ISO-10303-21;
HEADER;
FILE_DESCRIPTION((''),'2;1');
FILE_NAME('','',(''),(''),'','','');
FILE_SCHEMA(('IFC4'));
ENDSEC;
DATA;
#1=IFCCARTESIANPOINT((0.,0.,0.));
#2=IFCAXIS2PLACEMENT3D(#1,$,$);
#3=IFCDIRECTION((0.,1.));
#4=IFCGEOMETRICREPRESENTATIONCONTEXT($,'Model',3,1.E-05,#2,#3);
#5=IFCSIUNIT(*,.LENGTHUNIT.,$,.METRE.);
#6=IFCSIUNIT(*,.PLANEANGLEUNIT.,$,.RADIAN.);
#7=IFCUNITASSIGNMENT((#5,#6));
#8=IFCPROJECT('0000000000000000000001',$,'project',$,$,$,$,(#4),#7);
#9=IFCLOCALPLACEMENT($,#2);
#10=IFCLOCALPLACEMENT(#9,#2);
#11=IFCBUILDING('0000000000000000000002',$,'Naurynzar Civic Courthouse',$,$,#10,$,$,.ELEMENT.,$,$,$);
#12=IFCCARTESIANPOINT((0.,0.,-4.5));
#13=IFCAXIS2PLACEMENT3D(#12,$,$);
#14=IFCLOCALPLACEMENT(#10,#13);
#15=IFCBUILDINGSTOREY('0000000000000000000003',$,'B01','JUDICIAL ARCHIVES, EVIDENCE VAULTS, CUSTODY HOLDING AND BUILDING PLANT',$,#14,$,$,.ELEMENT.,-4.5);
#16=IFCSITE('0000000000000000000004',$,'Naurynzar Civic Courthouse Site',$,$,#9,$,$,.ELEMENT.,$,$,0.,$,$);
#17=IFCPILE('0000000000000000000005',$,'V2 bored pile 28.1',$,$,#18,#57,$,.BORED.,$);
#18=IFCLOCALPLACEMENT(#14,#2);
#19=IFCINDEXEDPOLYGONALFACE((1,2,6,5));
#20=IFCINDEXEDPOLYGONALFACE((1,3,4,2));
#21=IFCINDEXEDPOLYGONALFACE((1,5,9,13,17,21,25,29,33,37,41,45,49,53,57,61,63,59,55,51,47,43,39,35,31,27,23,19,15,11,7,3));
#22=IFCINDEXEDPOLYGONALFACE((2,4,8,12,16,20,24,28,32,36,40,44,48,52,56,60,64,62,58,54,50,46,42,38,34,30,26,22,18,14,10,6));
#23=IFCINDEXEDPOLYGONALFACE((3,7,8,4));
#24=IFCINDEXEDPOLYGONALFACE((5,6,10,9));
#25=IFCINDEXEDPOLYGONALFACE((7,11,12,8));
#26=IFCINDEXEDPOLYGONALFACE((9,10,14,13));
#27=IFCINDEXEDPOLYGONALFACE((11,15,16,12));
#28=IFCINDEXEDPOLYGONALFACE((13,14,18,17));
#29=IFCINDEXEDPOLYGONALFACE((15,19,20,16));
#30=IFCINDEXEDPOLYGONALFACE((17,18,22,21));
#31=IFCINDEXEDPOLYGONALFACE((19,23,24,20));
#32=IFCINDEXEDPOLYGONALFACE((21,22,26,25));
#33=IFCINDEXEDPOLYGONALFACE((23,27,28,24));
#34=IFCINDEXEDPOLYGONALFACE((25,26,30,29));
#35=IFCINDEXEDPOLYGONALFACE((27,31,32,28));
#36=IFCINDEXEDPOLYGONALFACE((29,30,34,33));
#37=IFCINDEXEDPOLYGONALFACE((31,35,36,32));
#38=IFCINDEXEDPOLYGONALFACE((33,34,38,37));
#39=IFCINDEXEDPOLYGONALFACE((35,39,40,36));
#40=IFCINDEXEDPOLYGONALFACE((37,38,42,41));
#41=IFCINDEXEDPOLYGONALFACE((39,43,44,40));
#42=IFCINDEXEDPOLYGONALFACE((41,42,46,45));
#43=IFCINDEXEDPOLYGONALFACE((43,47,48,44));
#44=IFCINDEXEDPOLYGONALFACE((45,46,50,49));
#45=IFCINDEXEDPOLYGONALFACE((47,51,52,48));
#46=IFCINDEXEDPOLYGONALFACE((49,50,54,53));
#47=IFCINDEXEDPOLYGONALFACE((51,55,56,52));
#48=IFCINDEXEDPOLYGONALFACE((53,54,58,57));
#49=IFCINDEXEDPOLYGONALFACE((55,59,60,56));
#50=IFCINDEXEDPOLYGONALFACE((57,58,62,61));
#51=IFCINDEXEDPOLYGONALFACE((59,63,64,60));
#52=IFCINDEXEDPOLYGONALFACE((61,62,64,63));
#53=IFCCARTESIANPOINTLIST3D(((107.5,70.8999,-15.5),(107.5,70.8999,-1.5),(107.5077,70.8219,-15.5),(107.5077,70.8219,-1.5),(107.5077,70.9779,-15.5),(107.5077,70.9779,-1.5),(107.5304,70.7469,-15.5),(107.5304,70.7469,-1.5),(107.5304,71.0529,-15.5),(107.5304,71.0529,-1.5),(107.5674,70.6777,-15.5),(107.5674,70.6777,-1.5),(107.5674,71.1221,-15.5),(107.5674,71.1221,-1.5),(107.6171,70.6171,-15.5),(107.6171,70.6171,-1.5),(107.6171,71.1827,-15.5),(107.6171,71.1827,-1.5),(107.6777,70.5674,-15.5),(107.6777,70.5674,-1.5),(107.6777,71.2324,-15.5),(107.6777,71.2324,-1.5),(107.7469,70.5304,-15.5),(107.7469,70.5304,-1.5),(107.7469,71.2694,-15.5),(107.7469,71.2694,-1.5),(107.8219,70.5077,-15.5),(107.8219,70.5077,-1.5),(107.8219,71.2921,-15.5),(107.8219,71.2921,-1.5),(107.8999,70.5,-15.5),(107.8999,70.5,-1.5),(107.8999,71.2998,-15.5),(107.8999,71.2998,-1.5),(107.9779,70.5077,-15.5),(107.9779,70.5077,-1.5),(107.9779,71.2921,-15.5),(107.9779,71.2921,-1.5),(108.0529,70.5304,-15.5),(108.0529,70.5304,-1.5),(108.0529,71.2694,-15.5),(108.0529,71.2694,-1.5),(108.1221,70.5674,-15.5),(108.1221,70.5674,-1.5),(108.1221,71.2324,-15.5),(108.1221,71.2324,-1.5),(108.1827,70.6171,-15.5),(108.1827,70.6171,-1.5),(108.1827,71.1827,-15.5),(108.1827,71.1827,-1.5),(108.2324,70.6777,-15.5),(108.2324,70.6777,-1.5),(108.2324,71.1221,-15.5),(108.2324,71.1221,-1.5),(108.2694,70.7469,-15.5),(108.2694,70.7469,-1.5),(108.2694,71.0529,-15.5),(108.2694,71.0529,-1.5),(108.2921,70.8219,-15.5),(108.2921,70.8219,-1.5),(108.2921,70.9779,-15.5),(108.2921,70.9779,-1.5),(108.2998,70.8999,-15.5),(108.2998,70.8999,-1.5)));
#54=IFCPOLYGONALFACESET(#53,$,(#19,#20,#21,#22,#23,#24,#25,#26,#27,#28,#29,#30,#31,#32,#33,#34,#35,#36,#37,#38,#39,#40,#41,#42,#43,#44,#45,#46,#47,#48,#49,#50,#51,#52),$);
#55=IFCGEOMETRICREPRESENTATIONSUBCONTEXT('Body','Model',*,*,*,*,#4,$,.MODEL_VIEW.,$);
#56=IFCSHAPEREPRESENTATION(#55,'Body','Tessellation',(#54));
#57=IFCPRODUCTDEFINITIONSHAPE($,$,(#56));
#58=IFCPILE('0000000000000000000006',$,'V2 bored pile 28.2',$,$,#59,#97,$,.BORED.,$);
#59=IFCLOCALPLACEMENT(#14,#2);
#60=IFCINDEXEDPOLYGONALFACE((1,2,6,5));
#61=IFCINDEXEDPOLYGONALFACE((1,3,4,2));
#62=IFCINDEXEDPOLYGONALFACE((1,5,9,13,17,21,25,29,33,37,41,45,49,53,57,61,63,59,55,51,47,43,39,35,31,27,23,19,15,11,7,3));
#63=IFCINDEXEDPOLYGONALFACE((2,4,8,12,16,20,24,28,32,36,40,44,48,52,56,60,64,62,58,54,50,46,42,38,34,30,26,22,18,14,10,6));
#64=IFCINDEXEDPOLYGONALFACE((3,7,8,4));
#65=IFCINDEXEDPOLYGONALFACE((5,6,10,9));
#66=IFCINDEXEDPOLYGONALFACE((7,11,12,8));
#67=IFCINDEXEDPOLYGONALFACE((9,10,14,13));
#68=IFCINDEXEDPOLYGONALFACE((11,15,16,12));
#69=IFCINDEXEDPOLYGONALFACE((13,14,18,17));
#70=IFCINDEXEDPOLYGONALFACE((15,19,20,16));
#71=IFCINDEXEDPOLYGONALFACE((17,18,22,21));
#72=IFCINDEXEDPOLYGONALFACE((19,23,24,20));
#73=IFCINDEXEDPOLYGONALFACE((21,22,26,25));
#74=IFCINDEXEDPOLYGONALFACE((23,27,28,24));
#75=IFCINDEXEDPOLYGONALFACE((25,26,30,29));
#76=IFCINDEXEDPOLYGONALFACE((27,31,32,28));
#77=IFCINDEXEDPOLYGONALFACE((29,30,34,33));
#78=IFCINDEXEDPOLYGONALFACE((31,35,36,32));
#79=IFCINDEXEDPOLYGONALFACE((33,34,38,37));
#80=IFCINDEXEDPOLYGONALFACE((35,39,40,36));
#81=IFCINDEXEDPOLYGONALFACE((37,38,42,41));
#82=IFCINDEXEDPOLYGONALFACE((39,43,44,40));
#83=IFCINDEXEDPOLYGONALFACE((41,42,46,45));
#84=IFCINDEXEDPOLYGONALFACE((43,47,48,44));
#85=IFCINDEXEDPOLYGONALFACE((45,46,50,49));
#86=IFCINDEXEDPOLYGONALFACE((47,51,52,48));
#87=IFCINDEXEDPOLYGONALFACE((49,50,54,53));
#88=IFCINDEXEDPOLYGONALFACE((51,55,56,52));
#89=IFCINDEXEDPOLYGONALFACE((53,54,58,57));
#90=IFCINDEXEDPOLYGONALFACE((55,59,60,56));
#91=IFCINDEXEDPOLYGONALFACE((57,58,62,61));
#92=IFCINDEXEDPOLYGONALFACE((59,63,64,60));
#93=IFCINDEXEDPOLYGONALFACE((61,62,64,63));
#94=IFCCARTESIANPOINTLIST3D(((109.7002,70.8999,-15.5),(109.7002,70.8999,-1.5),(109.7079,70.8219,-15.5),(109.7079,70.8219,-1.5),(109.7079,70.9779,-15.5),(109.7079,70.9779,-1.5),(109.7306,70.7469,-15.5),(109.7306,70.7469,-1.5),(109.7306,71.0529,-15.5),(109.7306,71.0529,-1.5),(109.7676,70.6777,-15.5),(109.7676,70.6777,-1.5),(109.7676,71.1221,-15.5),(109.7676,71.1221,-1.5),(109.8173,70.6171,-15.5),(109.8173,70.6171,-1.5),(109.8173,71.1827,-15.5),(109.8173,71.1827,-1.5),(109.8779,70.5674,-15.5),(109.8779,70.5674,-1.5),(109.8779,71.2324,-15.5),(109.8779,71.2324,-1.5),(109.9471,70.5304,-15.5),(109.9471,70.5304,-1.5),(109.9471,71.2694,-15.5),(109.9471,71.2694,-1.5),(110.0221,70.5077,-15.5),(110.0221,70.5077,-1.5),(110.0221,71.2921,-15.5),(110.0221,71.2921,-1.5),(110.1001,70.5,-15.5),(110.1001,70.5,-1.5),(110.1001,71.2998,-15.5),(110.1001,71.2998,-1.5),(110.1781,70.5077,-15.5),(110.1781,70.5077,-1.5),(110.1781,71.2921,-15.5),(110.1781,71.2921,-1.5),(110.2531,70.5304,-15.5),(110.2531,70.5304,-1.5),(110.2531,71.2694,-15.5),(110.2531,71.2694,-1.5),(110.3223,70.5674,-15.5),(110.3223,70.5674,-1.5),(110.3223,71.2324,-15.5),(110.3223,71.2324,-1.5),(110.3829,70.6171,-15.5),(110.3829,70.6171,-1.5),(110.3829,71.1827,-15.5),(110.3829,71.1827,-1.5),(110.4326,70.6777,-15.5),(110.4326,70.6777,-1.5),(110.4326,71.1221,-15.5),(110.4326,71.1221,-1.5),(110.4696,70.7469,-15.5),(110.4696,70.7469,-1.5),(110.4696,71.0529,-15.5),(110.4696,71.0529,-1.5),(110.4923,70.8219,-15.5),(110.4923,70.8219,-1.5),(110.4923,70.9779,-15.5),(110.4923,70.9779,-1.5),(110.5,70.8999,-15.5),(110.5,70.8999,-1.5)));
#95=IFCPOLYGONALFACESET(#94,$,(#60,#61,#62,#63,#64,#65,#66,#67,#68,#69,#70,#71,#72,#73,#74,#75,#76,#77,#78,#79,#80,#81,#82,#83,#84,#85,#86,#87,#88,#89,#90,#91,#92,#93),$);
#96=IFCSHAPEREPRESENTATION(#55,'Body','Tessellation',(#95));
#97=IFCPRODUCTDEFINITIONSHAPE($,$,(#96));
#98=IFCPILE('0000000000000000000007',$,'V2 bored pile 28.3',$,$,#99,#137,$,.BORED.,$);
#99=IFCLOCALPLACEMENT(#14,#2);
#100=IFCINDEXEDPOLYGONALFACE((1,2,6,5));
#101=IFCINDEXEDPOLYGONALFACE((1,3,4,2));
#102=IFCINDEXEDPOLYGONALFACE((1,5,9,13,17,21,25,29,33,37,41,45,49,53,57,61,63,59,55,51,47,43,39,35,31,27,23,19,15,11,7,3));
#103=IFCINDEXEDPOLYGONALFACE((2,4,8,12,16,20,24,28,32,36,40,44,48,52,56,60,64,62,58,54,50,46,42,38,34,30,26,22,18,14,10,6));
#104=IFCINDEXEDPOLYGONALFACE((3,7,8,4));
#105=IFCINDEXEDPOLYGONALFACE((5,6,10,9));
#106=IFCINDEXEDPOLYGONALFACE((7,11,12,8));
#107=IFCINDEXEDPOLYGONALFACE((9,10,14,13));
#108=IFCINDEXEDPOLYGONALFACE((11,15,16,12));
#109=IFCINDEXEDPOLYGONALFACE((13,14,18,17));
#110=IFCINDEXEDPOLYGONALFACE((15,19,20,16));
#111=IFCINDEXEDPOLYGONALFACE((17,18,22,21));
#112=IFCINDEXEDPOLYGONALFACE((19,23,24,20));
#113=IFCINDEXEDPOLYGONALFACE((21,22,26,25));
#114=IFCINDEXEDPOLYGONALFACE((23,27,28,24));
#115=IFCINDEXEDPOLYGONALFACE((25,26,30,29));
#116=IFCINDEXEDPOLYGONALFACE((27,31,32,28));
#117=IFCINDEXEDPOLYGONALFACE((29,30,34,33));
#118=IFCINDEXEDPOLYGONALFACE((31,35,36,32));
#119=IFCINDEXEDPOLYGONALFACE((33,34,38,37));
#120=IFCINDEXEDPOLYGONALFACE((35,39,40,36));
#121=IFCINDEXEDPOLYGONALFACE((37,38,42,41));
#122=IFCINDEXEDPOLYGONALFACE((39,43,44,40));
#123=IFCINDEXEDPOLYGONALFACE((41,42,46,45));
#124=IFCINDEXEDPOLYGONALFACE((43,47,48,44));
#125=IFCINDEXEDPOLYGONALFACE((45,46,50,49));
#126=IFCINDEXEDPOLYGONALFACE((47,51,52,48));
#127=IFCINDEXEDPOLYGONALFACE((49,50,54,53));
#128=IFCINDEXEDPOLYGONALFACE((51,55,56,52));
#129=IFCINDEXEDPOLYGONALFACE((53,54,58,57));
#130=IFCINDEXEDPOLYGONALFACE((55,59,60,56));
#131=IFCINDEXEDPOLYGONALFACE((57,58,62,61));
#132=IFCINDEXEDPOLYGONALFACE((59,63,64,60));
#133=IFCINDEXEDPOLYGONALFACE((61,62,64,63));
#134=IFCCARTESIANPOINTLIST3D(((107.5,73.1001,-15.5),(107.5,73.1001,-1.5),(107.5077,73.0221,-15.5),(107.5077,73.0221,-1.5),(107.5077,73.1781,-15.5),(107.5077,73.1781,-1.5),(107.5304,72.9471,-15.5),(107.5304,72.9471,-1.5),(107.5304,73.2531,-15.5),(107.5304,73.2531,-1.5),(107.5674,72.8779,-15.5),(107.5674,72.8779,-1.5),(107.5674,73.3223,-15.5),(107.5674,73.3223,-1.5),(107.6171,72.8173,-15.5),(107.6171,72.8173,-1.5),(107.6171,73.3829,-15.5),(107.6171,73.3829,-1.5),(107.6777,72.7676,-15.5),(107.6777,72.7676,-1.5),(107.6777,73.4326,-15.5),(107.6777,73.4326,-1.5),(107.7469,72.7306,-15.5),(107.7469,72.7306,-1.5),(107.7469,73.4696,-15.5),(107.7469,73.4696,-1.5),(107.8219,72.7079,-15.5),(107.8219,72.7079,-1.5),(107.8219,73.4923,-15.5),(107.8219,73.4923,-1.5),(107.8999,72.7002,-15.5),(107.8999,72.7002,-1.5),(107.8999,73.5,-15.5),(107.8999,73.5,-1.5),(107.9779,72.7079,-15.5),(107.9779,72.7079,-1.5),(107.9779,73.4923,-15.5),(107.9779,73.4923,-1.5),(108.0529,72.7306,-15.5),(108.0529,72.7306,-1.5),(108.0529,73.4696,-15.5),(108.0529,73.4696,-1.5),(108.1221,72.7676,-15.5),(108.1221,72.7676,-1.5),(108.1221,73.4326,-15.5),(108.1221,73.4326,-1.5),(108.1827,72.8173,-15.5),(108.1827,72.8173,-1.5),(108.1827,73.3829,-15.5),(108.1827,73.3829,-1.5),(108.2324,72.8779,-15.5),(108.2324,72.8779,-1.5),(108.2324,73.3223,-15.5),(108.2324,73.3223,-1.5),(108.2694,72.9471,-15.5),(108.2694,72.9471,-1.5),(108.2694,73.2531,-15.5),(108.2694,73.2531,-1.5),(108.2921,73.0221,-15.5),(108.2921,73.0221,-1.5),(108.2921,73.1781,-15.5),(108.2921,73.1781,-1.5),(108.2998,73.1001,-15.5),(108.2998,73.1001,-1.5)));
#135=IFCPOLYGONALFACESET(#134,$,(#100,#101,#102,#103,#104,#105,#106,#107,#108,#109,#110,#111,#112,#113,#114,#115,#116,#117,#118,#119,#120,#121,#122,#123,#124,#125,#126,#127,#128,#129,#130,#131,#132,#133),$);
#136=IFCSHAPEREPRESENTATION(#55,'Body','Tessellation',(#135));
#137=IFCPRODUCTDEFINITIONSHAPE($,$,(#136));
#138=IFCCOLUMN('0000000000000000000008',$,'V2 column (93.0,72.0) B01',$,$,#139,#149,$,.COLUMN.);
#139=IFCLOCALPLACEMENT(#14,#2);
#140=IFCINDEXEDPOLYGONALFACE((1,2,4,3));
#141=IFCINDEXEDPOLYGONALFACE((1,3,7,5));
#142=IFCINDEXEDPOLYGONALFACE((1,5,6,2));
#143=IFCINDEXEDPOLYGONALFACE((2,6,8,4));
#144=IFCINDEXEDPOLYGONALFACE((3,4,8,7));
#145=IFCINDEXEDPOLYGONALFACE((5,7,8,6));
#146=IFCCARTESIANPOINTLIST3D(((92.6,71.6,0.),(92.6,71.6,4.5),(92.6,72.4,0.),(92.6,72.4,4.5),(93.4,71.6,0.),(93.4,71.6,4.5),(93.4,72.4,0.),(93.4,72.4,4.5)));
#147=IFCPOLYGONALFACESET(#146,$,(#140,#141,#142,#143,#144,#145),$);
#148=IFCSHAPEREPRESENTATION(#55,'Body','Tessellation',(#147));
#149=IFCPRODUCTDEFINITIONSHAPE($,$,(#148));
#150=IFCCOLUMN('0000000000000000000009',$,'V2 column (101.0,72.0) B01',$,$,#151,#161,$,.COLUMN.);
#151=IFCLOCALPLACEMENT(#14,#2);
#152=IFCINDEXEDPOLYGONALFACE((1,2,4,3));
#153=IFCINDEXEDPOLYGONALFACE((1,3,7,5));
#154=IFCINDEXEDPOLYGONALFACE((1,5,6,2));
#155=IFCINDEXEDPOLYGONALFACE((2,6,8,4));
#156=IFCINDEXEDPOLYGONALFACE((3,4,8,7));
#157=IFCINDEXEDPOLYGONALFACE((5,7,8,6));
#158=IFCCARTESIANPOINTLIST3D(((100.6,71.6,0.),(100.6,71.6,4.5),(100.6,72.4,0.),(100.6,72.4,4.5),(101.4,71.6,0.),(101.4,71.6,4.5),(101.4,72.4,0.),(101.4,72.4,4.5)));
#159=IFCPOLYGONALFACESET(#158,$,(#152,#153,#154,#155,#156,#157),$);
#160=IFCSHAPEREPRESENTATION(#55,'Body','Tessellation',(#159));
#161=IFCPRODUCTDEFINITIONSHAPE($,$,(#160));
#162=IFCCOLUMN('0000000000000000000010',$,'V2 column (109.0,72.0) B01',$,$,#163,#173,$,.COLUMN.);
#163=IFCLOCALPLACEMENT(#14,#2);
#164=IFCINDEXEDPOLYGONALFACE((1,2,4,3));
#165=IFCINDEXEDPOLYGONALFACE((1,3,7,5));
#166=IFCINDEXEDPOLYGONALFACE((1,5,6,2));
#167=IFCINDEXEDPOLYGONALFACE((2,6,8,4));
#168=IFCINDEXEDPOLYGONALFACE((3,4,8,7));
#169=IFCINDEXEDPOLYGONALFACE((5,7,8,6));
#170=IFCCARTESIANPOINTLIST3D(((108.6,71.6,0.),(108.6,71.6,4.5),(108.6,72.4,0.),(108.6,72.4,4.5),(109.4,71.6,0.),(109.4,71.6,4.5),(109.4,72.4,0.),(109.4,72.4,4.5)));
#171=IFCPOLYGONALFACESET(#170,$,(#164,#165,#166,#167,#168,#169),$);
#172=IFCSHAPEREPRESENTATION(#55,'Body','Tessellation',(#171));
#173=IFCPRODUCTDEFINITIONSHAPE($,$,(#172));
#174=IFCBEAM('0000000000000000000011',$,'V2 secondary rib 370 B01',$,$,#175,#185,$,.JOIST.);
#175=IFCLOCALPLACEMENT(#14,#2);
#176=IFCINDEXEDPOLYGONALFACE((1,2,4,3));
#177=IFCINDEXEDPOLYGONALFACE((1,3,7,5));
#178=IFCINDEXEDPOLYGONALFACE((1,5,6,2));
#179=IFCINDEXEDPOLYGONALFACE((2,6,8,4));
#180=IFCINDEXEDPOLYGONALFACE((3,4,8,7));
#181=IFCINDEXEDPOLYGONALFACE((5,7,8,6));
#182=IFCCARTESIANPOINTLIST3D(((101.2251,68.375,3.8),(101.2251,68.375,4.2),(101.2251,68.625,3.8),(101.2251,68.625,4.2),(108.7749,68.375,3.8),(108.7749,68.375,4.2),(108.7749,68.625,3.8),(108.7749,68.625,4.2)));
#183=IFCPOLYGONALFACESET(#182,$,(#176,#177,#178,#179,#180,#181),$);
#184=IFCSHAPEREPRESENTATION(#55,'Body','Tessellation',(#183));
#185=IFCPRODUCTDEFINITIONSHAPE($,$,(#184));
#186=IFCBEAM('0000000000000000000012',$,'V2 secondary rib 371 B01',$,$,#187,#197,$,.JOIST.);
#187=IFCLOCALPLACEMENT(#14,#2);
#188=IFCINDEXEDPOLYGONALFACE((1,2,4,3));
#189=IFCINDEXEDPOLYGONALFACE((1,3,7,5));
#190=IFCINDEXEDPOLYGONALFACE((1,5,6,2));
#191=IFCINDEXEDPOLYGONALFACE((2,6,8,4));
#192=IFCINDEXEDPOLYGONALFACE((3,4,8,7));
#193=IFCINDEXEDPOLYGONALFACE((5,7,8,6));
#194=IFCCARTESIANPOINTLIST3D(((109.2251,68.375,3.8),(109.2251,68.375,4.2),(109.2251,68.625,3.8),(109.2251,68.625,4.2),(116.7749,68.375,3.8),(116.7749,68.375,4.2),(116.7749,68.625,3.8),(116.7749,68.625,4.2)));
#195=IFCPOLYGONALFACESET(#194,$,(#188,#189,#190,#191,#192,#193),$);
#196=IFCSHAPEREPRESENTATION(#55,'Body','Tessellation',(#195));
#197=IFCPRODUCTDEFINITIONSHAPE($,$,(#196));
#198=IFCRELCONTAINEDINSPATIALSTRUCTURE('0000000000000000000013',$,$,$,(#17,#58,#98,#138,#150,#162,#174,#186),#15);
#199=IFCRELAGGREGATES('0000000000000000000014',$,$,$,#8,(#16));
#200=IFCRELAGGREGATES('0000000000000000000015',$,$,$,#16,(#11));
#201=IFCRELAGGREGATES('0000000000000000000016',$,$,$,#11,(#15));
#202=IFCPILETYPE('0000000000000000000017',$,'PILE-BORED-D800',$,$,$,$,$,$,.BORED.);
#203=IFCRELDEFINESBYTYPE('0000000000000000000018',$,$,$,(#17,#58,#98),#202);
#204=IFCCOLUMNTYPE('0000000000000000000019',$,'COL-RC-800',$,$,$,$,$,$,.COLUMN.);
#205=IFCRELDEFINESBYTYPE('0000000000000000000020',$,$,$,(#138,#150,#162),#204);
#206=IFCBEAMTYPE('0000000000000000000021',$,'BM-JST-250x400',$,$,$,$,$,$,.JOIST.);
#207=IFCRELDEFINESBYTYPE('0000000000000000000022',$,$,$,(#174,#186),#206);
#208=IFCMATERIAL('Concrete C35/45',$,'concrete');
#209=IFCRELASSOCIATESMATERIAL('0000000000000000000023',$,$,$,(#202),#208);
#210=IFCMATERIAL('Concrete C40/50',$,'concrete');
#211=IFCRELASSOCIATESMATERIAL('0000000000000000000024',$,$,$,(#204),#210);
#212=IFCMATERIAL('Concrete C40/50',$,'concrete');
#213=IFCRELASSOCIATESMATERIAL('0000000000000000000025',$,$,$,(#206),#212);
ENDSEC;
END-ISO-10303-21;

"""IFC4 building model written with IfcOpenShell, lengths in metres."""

from ifc_helpers import new_model, si_unit, direction, frame, origin, origin_2d, place, context, subcontext, project, spatial, rectangle, circle, extrude, material, material_profile, profile_set, type_object, element, save


model = new_model("IFC4")

# Units and contexts
model_context = context("Model", 3, precision=1e-05, world=origin(), true_north=direction((0.0, 1.0)))
body_context = subcontext(model_context, "Body", "Model", "MODEL_VIEW")
ifc_project = project(units=[si_unit("LENGTHUNIT", "METRE"), si_unit("PLANEANGLEUNIT", "RADIAN")], contexts=[model_context])

# Site, building, storey
site_placement = place(None, origin())
site = spatial("IfcSite", under=ifc_project, at=site_placement, Name="Naurynzar Civic Courthouse Site", CompositionType="ELEMENT", RefElevation=0.0)
building_placement = place(site_placement, origin())
building = spatial("IfcBuilding", under=site, at=building_placement, Name="Naurynzar Civic Courthouse", CompositionType="ELEMENT")
storey_placement = place(building_placement, frame((0.0, 0.0, -4.5)))
storey = spatial("IfcBuildingStorey", under=building, at=storey_placement, Name="B01", Description="JUDICIAL ARCHIVES, EVIDENCE VAULTS, CUSTODY HOLDING AND BUILDING PLANT", CompositionType="ELEMENT", Elevation=-4.5)

# Piles
ifc_material_1 = material(Name="Concrete C35/45", Category="concrete")
ifc_material_profile_1 = material_profile(ifc_material_1, circle(Radius=0.3999, at=origin_2d()), Name="PILE D800")
ifc_profile_set_1 = profile_set([ifc_material_profile_1], Name="Concrete C35/45")
pile_type_1 = type_object("IfcPileType", Name="PILE-BORED-D800", PredefinedType="BORED", material=ifc_profile_set_1)
for number, where, z_axis, x_axis, name in (
    (1, (107.8999, 70.8999, -1.5), (0.0, 0.0, -1.0), (1.0, 0.0, 0.0), "V2 bored pile 28.1"),
    (2, (110.1001, 70.8999, -1.5), (0.0, 0.0, -1.0), (1.0, 0.0, 0.0), "V2 bored pile 28.2"),
    (3, (107.8999, 73.1001, -1.5), (0.0, 0.0, -1.0), (1.0, 0.0, 0.0), "V2 bored pile 28.3"),
):
    element("IfcPile", number, at=place(storey_placement, frame(where, z_axis=z_axis, x_axis=x_axis)), inside=storey, type_object=pile_type_1, Name=name, PredefinedType="BORED", context=body_context, shape_type="SweptSolid", body=[
        extrude(circle(Radius=0.3999, at=origin_2d()), origin(), (0.0, 0.0, 1.0), 14.0),
    ])

# Columns
ifc_material_2 = material(Name="Concrete C40/50", Category="concrete")
ifc_material_profile_2 = material_profile(ifc_material_2, rectangle(XDim=0.8, YDim=0.8, at=origin_2d()), Name="RC 800x800")
ifc_profile_set_2 = profile_set([ifc_material_profile_2], Name="Concrete C40/50")
column_type = type_object("IfcColumnType", Name="COL-RC-800", PredefinedType="COLUMN", material=ifc_profile_set_2)
for number, where, z_axis, x_axis, name in (
    (4, (93.0, 72.0, 0.0), (0.0, 0.0, 1.0), (1.0, 0.0, 0.0), "V2 column (93.0,72.0) B01"),
    (5, (101.0, 72.0, 0.0), (0.0, 0.0, 1.0), (1.0, 0.0, 0.0), "V2 column (101.0,72.0) B01"),
    (6, (109.0, 72.0, 0.0), (0.0, 0.0, 1.0), (1.0, 0.0, 0.0), "V2 column (109.0,72.0) B01"),
):
    element("IfcColumn", number, at=place(storey_placement, frame(where, z_axis=z_axis, x_axis=x_axis)), inside=storey, type_object=column_type, Name=name, PredefinedType="COLUMN", context=body_context, shape_type="SweptSolid", body=[
        extrude(rectangle(XDim=0.8, YDim=0.8, at=origin_2d()), origin(), (0.0, 0.0, 1.0), 4.5),
    ])

# Beams
ifc_material_3 = material(Name="Concrete C40/50", Category="concrete")
ifc_material_profile_3 = material_profile(ifc_material_3, rectangle(XDim=0.25, YDim=0.3999, at=origin_2d()), Name="RCB 250x400")
ifc_profile_set_3 = profile_set([ifc_material_profile_3], Name="Concrete C40/50")
beam_type_1 = type_object("IfcBeamType", Name="BM-JST-250x400", PredefinedType="JOIST", material=ifc_profile_set_3)
for number, where, z_axis, x_axis, name in (
    (7, (101.2251, 68.5, 4.0), (1.0, 0.0, 0.0), (0.0, 1.0, 0.0), "V2 secondary rib 370 B01"),
    (8, (109.2251, 68.5, 4.0), (1.0, 0.0, 0.0), (0.0, 1.0, 0.0), "V2 secondary rib 371 B01"),
):
    element("IfcBeam", number, at=place(storey_placement, frame(where, z_axis=z_axis, x_axis=x_axis)), inside=storey, type_object=beam_type_1, Name=name, PredefinedType="JOIST", context=body_context, shape_type="SweptSolid", body=[
        extrude(rectangle(XDim=0.25, YDim=0.3999, at=origin_2d()), origin(), (0.0, 0.0, 1.0), 7.5498),
    ])

save(model, "model.ifc")
